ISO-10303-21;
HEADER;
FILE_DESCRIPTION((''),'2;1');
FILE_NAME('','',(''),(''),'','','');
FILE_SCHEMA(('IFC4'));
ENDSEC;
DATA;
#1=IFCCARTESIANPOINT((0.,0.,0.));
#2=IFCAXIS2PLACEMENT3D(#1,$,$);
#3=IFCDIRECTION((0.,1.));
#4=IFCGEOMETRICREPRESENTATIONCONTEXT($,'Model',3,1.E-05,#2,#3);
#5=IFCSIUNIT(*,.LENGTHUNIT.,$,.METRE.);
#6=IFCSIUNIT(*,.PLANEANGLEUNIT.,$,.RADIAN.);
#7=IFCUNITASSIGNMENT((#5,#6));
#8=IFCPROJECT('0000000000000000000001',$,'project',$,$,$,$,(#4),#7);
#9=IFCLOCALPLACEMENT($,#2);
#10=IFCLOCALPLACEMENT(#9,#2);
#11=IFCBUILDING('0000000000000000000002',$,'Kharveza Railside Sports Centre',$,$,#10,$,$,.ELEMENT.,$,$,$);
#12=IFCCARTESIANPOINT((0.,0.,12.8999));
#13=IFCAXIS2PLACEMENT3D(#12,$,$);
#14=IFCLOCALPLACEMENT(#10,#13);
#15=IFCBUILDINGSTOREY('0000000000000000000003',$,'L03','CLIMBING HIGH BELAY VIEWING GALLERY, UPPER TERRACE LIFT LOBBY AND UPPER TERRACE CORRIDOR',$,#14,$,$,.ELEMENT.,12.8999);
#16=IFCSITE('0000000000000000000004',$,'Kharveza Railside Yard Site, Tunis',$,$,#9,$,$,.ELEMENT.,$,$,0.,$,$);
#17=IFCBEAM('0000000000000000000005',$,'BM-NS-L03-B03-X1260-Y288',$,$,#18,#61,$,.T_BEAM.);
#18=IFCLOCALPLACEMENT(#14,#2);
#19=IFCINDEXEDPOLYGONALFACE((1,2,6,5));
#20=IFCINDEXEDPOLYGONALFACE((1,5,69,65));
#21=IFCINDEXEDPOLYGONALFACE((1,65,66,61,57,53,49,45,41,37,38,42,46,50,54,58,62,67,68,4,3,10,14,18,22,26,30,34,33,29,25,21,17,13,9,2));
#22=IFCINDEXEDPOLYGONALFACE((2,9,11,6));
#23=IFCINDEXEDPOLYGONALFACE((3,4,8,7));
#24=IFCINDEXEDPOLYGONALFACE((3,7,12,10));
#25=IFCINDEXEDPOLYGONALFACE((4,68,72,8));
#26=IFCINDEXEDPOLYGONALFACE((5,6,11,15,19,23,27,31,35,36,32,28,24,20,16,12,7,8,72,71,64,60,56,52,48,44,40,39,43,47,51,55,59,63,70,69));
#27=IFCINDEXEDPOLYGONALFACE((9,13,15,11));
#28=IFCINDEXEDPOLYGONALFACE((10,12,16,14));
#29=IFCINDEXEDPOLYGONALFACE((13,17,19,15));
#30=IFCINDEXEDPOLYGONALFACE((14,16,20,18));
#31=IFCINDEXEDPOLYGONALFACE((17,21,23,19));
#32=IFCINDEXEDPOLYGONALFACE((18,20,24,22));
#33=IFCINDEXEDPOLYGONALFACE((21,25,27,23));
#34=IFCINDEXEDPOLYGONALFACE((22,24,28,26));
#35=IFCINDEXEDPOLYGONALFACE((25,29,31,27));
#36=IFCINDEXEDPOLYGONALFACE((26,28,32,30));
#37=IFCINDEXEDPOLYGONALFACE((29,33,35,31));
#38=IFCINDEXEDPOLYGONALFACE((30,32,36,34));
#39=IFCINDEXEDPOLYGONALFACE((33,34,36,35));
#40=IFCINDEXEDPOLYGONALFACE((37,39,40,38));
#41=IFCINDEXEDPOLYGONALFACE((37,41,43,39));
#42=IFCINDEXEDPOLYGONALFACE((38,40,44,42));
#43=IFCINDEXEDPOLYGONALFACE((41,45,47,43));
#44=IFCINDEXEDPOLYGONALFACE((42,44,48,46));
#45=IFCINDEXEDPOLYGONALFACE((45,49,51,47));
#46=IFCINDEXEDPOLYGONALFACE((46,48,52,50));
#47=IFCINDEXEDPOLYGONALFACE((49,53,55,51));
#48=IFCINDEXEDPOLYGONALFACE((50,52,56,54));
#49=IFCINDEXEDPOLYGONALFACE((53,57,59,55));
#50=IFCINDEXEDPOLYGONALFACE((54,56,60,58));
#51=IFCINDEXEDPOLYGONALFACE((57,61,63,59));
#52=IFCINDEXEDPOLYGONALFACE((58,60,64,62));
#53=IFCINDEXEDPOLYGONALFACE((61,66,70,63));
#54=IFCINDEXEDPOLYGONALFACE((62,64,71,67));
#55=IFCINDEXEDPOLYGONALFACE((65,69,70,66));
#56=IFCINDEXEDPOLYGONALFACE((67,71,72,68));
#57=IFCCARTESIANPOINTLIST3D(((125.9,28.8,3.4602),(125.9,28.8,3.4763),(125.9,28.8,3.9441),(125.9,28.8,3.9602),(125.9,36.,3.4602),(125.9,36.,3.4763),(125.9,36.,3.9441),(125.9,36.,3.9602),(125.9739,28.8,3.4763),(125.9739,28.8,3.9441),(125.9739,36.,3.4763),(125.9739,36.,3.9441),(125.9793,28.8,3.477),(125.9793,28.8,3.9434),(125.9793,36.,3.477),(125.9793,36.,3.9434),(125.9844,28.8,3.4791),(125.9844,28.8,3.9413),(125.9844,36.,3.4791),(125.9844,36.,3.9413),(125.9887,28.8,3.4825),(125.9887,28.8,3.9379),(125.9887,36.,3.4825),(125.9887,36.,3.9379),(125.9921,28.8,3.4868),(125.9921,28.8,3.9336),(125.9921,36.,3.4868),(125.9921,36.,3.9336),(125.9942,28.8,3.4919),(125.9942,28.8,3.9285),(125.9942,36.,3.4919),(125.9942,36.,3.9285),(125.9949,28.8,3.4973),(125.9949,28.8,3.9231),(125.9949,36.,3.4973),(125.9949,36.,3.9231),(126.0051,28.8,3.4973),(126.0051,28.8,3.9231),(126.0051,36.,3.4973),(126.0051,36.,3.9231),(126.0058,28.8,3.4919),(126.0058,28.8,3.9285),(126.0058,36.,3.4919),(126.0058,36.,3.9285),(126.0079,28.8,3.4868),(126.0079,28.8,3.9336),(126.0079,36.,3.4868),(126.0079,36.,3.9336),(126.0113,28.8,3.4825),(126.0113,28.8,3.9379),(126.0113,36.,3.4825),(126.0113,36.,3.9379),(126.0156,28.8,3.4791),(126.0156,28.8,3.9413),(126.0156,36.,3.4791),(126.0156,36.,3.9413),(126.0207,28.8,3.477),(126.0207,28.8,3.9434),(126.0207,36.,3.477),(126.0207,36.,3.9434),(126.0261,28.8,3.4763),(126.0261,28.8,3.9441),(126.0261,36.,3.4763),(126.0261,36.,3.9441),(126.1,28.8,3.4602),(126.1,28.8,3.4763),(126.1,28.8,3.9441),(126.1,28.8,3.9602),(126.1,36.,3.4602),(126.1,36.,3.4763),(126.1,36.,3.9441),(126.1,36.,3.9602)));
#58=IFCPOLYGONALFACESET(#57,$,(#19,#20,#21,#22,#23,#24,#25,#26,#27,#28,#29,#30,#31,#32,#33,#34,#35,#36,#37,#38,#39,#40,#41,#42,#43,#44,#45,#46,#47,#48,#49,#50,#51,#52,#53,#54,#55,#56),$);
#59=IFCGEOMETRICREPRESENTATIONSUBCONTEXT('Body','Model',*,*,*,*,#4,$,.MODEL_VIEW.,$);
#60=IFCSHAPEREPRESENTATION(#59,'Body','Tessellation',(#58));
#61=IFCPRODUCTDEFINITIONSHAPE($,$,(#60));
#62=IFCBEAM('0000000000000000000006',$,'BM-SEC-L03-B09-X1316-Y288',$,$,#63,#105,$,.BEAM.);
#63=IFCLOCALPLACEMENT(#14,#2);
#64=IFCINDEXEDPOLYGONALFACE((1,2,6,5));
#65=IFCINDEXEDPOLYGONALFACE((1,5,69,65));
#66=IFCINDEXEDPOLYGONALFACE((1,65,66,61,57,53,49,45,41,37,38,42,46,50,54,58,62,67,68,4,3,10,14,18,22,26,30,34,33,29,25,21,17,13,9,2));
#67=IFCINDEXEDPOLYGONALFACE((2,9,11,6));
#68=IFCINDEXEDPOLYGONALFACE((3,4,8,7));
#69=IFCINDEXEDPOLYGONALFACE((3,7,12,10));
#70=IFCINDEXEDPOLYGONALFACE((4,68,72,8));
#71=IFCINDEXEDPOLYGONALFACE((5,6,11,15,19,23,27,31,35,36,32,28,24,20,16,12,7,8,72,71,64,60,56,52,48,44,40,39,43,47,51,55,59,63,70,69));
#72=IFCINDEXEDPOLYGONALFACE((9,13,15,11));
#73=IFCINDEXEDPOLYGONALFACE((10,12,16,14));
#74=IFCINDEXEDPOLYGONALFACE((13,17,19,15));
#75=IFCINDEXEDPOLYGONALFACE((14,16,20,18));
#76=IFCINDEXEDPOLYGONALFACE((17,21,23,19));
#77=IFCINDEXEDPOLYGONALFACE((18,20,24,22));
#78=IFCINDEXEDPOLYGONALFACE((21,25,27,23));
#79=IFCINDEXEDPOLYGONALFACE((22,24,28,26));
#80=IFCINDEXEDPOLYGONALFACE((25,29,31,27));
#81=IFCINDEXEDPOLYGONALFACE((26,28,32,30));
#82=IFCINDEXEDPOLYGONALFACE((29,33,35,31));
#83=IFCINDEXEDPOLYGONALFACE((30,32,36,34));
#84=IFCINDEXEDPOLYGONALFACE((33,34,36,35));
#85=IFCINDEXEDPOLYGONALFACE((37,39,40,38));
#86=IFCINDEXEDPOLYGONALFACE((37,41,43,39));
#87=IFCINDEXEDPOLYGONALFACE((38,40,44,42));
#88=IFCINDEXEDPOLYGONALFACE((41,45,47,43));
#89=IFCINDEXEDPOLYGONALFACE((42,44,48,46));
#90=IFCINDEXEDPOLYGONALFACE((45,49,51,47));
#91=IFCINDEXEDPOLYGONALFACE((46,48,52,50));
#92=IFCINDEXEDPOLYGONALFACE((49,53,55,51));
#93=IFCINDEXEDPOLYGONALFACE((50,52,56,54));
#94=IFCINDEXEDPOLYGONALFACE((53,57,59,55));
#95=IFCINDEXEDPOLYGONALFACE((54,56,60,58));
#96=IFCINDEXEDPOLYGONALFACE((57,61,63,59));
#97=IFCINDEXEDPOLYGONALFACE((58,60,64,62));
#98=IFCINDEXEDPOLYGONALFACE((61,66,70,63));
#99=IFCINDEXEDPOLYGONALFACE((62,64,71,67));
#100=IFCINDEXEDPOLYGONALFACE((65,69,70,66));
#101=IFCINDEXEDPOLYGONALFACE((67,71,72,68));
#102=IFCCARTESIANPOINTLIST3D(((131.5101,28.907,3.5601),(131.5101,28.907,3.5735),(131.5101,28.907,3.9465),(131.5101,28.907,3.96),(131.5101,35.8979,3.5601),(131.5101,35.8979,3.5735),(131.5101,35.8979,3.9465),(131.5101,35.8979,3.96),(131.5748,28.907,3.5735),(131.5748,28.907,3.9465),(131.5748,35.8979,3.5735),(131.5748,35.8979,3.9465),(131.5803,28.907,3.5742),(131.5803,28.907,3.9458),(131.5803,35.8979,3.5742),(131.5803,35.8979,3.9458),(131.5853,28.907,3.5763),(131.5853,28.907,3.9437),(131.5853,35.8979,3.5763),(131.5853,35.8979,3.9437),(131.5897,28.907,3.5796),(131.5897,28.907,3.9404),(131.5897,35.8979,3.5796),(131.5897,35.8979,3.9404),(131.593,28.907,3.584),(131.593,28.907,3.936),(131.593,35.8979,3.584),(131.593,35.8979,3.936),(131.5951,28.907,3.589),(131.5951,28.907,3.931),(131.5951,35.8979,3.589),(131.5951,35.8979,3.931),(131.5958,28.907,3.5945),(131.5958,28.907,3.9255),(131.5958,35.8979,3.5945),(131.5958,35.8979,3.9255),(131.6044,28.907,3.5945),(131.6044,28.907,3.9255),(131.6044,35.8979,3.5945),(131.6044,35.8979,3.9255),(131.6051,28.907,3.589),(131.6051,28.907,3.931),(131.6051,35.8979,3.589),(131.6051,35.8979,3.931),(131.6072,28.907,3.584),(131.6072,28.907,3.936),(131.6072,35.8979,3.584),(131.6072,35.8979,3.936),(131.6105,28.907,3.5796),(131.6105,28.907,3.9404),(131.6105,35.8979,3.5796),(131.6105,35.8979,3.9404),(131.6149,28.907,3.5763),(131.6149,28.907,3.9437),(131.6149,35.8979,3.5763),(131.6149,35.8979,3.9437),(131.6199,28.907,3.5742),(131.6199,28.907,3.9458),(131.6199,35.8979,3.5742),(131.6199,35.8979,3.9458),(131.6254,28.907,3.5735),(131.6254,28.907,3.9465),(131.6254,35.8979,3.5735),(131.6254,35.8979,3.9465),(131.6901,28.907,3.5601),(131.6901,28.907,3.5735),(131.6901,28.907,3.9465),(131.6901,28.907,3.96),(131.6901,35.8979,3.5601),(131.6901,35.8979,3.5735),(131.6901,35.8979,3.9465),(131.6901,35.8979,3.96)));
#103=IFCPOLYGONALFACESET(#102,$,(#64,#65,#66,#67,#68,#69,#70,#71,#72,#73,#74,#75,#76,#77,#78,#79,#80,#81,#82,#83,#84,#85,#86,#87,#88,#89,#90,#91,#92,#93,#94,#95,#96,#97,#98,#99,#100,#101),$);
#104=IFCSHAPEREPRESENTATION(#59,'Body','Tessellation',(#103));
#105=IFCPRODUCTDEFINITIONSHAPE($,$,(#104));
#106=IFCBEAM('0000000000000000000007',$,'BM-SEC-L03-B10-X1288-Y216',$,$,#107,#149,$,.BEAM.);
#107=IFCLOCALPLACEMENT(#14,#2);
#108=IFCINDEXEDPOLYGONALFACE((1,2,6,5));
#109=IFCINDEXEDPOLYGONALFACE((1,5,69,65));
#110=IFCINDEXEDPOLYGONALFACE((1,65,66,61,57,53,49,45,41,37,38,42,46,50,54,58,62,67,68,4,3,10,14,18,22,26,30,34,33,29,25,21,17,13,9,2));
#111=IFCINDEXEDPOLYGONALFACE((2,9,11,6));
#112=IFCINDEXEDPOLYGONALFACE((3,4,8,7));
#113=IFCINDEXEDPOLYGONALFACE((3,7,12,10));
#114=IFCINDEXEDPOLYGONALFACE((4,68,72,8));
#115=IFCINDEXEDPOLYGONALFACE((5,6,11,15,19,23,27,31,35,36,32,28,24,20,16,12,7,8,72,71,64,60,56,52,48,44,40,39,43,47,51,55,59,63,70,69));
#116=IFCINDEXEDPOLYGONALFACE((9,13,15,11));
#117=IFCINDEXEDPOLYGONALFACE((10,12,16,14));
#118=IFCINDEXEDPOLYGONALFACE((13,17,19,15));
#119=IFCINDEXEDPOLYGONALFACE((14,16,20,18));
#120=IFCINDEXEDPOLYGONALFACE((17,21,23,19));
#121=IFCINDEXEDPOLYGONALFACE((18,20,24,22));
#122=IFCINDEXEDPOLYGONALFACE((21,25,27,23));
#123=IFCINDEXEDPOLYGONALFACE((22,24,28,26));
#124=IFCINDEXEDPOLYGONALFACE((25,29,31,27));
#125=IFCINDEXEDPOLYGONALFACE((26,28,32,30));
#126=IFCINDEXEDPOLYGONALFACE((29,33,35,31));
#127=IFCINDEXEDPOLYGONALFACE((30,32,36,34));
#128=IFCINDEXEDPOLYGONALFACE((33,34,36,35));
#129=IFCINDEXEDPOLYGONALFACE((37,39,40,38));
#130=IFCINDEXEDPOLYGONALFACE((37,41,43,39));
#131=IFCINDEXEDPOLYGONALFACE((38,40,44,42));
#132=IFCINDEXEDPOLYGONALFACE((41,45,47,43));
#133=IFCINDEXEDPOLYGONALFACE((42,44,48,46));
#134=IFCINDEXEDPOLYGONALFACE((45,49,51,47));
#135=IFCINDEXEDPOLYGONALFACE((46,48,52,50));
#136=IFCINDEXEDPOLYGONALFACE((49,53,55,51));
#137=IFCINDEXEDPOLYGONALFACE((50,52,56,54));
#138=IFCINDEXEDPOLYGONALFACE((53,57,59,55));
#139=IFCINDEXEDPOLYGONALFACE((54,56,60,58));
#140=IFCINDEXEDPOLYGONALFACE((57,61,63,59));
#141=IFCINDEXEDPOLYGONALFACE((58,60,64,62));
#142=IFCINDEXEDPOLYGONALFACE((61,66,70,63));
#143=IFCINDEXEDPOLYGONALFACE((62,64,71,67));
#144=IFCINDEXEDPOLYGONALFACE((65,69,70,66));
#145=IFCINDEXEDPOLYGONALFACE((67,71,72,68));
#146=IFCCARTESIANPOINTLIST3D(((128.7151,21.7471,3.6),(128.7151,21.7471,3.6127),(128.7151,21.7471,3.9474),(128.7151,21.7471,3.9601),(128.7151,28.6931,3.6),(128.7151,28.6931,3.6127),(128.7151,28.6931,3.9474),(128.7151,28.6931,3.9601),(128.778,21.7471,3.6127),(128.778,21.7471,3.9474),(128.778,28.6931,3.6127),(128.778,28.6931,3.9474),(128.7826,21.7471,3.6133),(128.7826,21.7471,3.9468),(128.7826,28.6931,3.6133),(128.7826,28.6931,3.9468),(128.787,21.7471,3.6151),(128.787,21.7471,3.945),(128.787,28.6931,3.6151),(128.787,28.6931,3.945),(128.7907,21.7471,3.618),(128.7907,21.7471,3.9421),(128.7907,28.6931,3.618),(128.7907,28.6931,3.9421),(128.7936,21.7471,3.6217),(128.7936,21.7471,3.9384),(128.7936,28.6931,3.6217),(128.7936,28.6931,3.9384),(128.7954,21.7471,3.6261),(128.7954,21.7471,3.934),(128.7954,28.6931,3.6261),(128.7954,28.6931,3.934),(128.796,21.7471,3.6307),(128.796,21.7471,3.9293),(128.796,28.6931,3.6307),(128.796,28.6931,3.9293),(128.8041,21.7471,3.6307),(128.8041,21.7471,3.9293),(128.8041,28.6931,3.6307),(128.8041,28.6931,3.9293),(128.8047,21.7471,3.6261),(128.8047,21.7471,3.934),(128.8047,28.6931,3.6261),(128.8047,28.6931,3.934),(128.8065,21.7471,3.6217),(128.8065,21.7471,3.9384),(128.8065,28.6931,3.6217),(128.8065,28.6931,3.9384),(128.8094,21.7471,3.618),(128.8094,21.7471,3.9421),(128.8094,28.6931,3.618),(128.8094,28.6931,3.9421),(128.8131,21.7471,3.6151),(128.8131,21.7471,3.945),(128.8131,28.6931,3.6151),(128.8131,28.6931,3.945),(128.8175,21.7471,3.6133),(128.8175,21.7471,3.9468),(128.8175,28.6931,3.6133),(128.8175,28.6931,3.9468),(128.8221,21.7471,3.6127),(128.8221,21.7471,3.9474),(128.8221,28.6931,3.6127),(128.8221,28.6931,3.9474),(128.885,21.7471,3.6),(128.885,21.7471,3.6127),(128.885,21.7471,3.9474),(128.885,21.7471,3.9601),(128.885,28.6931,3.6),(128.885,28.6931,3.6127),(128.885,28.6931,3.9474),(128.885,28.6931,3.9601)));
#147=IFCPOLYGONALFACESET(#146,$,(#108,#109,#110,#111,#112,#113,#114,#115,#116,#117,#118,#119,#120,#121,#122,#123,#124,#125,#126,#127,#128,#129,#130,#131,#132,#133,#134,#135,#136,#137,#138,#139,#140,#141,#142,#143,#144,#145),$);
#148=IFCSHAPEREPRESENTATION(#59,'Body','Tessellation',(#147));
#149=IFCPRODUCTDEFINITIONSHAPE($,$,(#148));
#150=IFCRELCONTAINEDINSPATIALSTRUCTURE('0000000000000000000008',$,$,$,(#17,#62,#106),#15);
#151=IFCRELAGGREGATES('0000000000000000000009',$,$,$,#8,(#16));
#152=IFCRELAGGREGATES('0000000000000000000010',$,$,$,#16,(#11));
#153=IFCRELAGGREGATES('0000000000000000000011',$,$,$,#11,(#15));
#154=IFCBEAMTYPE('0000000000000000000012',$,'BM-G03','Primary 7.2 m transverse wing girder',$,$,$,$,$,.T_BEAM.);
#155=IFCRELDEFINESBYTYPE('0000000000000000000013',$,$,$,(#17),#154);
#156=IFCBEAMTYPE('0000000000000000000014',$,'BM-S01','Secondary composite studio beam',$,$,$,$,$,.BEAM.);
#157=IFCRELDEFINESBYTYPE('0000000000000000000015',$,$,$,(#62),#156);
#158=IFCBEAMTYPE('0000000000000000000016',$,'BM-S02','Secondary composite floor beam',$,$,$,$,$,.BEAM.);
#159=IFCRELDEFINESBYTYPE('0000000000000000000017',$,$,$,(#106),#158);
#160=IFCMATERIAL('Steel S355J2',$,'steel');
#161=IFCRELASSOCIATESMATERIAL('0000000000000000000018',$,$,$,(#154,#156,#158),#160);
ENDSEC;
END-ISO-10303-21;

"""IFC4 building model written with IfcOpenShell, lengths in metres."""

from ifc_helpers import new_model, si_unit, direction, frame, origin, origin_2d, place, context, subcontext, project, spatial, i_section, extrude, material, material_profile, profile_set, type_object, element, save


model = new_model("IFC4")

# Units and contexts
model_context = context("Model", 3, precision=1e-05, world=origin(), true_north=direction((0.0, 1.0)))
body_context = subcontext(model_context, "Body", "Model", "MODEL_VIEW")
ifc_project = project(units=[si_unit("LENGTHUNIT", "METRE"), si_unit("PLANEANGLEUNIT", "RADIAN")], contexts=[model_context])

# Site, building, storey
site_placement = place(None, origin())
site = spatial("IfcSite", under=ifc_project, at=site_placement, Name="Kharveza Railside Yard Site, Tunis", CompositionType="ELEMENT", RefElevation=0.0)
building_placement = place(site_placement, origin())
building = spatial("IfcBuilding", under=site, at=building_placement, Name="Kharveza Railside Sports Centre", CompositionType="ELEMENT")
storey_placement = place(building_placement, frame((0.0, 0.0, 12.8999)))
storey = spatial("IfcBuildingStorey", under=building, at=storey_placement, Name="L03", Description="CLIMBING HIGH BELAY VIEWING GALLERY, UPPER TERRACE LIFT LOBBY AND UPPER TERRACE CORRIDOR", CompositionType="ELEMENT", Elevation=12.8999)

# Shared definitions
ifc_material_1 = material(Name="Steel S355J2", Category="steel")

# Beams
ifc_material_profile_1 = material_profile(ifc_material_1, i_section(OverallWidth=0.2, OverallDepth=0.5, WebThickness=0.0103, FlangeThickness=0.0161, FilletRadius=0.021, at=origin_2d()), Name="IPE 500")
ifc_profile_set_1 = profile_set([ifc_material_profile_1], Name="Steel S355J2")
beam_type_1 = type_object("IfcBeamType", Name="BM-G03", Description="Primary 7.2 m transverse wing girder", PredefinedType="T_BEAM", material=ifc_profile_set_1)
beam_1_placement = place(storey_placement, frame((126.0, 28.8, 3.7102), z_axis=(0.0, 1.0, 0.0), x_axis=(-1.0, 0.0, 0.0)))
element("IfcBeam", 1, at=beam_1_placement, inside=storey, type_object=beam_type_1, Name="BM-NS-L03-B03-X1260-Y288", PredefinedType="T_BEAM", context=body_context, shape_type="SweptSolid", body=[
    extrude(i_section(OverallWidth=0.2, OverallDepth=0.5, WebThickness=0.0103, FlangeThickness=0.0161, FilletRadius=0.021, at=origin_2d()), origin(), (0.0, 0.0, 1.0), 7.2),
])
ifc_material_profile_2 = material_profile(ifc_material_1, i_section(OverallWidth=0.1799, OverallDepth=0.3999, WebThickness=0.0085, FlangeThickness=0.0134, FilletRadius=0.021, at=origin_2d()), Name="IPE 400")
ifc_profile_set_2 = profile_set([ifc_material_profile_2], Name="Steel S355J2")
beam_type_2 = type_object("IfcBeamType", Name="BM-S01", Description="Secondary composite studio beam", PredefinedType="BEAM", material=ifc_profile_set_2)
beam_2_placement = place(storey_placement, frame((131.6001, 28.907, 3.76), z_axis=(0.0, 1.0, 0.0), x_axis=(-1.0, 0.0, 0.0)))
element("IfcBeam", 2, at=beam_2_placement, inside=storey, type_object=beam_type_2, Name="BM-SEC-L03-B09-X1316-Y288", PredefinedType="BEAM", context=body_context, shape_type="SweptSolid", body=[
    extrude(i_section(OverallWidth=0.1799, OverallDepth=0.3999, WebThickness=0.0085, FlangeThickness=0.0134, FilletRadius=0.021, at=origin_2d()), origin(), (0.0, 0.0, 1.0), 6.991),
])
ifc_material_profile_3 = material_profile(ifc_material_1, i_section(OverallWidth=0.1699, OverallDepth=0.3601, WebThickness=0.0081, FlangeThickness=0.0127, FilletRadius=0.0181, at=origin_2d()), Name="IPE 360")
ifc_profile_set_3 = profile_set([ifc_material_profile_3], Name="Steel S355J2")
beam_type_3 = type_object("IfcBeamType", Name="BM-S02", Description="Secondary composite floor beam", PredefinedType="BEAM", material=ifc_profile_set_3)
beam_3_placement = place(storey_placement, frame((128.8, 21.7471, 3.78), z_axis=(0.0, 1.0, 0.0), x_axis=(-1.0, 0.0, 0.0)))
element("IfcBeam", 3, at=beam_3_placement, inside=storey, type_object=beam_type_3, Name="BM-SEC-L03-B10-X1288-Y216", PredefinedType="BEAM", context=body_context, shape_type="SweptSolid", body=[
    extrude(i_section(OverallWidth=0.1699, OverallDepth=0.3601, WebThickness=0.0081, FlangeThickness=0.0127, FilletRadius=0.0181, at=origin_2d()), origin(), (0.0, 0.0, 1.0), 6.946),
])

save(model, "model.ifc")
